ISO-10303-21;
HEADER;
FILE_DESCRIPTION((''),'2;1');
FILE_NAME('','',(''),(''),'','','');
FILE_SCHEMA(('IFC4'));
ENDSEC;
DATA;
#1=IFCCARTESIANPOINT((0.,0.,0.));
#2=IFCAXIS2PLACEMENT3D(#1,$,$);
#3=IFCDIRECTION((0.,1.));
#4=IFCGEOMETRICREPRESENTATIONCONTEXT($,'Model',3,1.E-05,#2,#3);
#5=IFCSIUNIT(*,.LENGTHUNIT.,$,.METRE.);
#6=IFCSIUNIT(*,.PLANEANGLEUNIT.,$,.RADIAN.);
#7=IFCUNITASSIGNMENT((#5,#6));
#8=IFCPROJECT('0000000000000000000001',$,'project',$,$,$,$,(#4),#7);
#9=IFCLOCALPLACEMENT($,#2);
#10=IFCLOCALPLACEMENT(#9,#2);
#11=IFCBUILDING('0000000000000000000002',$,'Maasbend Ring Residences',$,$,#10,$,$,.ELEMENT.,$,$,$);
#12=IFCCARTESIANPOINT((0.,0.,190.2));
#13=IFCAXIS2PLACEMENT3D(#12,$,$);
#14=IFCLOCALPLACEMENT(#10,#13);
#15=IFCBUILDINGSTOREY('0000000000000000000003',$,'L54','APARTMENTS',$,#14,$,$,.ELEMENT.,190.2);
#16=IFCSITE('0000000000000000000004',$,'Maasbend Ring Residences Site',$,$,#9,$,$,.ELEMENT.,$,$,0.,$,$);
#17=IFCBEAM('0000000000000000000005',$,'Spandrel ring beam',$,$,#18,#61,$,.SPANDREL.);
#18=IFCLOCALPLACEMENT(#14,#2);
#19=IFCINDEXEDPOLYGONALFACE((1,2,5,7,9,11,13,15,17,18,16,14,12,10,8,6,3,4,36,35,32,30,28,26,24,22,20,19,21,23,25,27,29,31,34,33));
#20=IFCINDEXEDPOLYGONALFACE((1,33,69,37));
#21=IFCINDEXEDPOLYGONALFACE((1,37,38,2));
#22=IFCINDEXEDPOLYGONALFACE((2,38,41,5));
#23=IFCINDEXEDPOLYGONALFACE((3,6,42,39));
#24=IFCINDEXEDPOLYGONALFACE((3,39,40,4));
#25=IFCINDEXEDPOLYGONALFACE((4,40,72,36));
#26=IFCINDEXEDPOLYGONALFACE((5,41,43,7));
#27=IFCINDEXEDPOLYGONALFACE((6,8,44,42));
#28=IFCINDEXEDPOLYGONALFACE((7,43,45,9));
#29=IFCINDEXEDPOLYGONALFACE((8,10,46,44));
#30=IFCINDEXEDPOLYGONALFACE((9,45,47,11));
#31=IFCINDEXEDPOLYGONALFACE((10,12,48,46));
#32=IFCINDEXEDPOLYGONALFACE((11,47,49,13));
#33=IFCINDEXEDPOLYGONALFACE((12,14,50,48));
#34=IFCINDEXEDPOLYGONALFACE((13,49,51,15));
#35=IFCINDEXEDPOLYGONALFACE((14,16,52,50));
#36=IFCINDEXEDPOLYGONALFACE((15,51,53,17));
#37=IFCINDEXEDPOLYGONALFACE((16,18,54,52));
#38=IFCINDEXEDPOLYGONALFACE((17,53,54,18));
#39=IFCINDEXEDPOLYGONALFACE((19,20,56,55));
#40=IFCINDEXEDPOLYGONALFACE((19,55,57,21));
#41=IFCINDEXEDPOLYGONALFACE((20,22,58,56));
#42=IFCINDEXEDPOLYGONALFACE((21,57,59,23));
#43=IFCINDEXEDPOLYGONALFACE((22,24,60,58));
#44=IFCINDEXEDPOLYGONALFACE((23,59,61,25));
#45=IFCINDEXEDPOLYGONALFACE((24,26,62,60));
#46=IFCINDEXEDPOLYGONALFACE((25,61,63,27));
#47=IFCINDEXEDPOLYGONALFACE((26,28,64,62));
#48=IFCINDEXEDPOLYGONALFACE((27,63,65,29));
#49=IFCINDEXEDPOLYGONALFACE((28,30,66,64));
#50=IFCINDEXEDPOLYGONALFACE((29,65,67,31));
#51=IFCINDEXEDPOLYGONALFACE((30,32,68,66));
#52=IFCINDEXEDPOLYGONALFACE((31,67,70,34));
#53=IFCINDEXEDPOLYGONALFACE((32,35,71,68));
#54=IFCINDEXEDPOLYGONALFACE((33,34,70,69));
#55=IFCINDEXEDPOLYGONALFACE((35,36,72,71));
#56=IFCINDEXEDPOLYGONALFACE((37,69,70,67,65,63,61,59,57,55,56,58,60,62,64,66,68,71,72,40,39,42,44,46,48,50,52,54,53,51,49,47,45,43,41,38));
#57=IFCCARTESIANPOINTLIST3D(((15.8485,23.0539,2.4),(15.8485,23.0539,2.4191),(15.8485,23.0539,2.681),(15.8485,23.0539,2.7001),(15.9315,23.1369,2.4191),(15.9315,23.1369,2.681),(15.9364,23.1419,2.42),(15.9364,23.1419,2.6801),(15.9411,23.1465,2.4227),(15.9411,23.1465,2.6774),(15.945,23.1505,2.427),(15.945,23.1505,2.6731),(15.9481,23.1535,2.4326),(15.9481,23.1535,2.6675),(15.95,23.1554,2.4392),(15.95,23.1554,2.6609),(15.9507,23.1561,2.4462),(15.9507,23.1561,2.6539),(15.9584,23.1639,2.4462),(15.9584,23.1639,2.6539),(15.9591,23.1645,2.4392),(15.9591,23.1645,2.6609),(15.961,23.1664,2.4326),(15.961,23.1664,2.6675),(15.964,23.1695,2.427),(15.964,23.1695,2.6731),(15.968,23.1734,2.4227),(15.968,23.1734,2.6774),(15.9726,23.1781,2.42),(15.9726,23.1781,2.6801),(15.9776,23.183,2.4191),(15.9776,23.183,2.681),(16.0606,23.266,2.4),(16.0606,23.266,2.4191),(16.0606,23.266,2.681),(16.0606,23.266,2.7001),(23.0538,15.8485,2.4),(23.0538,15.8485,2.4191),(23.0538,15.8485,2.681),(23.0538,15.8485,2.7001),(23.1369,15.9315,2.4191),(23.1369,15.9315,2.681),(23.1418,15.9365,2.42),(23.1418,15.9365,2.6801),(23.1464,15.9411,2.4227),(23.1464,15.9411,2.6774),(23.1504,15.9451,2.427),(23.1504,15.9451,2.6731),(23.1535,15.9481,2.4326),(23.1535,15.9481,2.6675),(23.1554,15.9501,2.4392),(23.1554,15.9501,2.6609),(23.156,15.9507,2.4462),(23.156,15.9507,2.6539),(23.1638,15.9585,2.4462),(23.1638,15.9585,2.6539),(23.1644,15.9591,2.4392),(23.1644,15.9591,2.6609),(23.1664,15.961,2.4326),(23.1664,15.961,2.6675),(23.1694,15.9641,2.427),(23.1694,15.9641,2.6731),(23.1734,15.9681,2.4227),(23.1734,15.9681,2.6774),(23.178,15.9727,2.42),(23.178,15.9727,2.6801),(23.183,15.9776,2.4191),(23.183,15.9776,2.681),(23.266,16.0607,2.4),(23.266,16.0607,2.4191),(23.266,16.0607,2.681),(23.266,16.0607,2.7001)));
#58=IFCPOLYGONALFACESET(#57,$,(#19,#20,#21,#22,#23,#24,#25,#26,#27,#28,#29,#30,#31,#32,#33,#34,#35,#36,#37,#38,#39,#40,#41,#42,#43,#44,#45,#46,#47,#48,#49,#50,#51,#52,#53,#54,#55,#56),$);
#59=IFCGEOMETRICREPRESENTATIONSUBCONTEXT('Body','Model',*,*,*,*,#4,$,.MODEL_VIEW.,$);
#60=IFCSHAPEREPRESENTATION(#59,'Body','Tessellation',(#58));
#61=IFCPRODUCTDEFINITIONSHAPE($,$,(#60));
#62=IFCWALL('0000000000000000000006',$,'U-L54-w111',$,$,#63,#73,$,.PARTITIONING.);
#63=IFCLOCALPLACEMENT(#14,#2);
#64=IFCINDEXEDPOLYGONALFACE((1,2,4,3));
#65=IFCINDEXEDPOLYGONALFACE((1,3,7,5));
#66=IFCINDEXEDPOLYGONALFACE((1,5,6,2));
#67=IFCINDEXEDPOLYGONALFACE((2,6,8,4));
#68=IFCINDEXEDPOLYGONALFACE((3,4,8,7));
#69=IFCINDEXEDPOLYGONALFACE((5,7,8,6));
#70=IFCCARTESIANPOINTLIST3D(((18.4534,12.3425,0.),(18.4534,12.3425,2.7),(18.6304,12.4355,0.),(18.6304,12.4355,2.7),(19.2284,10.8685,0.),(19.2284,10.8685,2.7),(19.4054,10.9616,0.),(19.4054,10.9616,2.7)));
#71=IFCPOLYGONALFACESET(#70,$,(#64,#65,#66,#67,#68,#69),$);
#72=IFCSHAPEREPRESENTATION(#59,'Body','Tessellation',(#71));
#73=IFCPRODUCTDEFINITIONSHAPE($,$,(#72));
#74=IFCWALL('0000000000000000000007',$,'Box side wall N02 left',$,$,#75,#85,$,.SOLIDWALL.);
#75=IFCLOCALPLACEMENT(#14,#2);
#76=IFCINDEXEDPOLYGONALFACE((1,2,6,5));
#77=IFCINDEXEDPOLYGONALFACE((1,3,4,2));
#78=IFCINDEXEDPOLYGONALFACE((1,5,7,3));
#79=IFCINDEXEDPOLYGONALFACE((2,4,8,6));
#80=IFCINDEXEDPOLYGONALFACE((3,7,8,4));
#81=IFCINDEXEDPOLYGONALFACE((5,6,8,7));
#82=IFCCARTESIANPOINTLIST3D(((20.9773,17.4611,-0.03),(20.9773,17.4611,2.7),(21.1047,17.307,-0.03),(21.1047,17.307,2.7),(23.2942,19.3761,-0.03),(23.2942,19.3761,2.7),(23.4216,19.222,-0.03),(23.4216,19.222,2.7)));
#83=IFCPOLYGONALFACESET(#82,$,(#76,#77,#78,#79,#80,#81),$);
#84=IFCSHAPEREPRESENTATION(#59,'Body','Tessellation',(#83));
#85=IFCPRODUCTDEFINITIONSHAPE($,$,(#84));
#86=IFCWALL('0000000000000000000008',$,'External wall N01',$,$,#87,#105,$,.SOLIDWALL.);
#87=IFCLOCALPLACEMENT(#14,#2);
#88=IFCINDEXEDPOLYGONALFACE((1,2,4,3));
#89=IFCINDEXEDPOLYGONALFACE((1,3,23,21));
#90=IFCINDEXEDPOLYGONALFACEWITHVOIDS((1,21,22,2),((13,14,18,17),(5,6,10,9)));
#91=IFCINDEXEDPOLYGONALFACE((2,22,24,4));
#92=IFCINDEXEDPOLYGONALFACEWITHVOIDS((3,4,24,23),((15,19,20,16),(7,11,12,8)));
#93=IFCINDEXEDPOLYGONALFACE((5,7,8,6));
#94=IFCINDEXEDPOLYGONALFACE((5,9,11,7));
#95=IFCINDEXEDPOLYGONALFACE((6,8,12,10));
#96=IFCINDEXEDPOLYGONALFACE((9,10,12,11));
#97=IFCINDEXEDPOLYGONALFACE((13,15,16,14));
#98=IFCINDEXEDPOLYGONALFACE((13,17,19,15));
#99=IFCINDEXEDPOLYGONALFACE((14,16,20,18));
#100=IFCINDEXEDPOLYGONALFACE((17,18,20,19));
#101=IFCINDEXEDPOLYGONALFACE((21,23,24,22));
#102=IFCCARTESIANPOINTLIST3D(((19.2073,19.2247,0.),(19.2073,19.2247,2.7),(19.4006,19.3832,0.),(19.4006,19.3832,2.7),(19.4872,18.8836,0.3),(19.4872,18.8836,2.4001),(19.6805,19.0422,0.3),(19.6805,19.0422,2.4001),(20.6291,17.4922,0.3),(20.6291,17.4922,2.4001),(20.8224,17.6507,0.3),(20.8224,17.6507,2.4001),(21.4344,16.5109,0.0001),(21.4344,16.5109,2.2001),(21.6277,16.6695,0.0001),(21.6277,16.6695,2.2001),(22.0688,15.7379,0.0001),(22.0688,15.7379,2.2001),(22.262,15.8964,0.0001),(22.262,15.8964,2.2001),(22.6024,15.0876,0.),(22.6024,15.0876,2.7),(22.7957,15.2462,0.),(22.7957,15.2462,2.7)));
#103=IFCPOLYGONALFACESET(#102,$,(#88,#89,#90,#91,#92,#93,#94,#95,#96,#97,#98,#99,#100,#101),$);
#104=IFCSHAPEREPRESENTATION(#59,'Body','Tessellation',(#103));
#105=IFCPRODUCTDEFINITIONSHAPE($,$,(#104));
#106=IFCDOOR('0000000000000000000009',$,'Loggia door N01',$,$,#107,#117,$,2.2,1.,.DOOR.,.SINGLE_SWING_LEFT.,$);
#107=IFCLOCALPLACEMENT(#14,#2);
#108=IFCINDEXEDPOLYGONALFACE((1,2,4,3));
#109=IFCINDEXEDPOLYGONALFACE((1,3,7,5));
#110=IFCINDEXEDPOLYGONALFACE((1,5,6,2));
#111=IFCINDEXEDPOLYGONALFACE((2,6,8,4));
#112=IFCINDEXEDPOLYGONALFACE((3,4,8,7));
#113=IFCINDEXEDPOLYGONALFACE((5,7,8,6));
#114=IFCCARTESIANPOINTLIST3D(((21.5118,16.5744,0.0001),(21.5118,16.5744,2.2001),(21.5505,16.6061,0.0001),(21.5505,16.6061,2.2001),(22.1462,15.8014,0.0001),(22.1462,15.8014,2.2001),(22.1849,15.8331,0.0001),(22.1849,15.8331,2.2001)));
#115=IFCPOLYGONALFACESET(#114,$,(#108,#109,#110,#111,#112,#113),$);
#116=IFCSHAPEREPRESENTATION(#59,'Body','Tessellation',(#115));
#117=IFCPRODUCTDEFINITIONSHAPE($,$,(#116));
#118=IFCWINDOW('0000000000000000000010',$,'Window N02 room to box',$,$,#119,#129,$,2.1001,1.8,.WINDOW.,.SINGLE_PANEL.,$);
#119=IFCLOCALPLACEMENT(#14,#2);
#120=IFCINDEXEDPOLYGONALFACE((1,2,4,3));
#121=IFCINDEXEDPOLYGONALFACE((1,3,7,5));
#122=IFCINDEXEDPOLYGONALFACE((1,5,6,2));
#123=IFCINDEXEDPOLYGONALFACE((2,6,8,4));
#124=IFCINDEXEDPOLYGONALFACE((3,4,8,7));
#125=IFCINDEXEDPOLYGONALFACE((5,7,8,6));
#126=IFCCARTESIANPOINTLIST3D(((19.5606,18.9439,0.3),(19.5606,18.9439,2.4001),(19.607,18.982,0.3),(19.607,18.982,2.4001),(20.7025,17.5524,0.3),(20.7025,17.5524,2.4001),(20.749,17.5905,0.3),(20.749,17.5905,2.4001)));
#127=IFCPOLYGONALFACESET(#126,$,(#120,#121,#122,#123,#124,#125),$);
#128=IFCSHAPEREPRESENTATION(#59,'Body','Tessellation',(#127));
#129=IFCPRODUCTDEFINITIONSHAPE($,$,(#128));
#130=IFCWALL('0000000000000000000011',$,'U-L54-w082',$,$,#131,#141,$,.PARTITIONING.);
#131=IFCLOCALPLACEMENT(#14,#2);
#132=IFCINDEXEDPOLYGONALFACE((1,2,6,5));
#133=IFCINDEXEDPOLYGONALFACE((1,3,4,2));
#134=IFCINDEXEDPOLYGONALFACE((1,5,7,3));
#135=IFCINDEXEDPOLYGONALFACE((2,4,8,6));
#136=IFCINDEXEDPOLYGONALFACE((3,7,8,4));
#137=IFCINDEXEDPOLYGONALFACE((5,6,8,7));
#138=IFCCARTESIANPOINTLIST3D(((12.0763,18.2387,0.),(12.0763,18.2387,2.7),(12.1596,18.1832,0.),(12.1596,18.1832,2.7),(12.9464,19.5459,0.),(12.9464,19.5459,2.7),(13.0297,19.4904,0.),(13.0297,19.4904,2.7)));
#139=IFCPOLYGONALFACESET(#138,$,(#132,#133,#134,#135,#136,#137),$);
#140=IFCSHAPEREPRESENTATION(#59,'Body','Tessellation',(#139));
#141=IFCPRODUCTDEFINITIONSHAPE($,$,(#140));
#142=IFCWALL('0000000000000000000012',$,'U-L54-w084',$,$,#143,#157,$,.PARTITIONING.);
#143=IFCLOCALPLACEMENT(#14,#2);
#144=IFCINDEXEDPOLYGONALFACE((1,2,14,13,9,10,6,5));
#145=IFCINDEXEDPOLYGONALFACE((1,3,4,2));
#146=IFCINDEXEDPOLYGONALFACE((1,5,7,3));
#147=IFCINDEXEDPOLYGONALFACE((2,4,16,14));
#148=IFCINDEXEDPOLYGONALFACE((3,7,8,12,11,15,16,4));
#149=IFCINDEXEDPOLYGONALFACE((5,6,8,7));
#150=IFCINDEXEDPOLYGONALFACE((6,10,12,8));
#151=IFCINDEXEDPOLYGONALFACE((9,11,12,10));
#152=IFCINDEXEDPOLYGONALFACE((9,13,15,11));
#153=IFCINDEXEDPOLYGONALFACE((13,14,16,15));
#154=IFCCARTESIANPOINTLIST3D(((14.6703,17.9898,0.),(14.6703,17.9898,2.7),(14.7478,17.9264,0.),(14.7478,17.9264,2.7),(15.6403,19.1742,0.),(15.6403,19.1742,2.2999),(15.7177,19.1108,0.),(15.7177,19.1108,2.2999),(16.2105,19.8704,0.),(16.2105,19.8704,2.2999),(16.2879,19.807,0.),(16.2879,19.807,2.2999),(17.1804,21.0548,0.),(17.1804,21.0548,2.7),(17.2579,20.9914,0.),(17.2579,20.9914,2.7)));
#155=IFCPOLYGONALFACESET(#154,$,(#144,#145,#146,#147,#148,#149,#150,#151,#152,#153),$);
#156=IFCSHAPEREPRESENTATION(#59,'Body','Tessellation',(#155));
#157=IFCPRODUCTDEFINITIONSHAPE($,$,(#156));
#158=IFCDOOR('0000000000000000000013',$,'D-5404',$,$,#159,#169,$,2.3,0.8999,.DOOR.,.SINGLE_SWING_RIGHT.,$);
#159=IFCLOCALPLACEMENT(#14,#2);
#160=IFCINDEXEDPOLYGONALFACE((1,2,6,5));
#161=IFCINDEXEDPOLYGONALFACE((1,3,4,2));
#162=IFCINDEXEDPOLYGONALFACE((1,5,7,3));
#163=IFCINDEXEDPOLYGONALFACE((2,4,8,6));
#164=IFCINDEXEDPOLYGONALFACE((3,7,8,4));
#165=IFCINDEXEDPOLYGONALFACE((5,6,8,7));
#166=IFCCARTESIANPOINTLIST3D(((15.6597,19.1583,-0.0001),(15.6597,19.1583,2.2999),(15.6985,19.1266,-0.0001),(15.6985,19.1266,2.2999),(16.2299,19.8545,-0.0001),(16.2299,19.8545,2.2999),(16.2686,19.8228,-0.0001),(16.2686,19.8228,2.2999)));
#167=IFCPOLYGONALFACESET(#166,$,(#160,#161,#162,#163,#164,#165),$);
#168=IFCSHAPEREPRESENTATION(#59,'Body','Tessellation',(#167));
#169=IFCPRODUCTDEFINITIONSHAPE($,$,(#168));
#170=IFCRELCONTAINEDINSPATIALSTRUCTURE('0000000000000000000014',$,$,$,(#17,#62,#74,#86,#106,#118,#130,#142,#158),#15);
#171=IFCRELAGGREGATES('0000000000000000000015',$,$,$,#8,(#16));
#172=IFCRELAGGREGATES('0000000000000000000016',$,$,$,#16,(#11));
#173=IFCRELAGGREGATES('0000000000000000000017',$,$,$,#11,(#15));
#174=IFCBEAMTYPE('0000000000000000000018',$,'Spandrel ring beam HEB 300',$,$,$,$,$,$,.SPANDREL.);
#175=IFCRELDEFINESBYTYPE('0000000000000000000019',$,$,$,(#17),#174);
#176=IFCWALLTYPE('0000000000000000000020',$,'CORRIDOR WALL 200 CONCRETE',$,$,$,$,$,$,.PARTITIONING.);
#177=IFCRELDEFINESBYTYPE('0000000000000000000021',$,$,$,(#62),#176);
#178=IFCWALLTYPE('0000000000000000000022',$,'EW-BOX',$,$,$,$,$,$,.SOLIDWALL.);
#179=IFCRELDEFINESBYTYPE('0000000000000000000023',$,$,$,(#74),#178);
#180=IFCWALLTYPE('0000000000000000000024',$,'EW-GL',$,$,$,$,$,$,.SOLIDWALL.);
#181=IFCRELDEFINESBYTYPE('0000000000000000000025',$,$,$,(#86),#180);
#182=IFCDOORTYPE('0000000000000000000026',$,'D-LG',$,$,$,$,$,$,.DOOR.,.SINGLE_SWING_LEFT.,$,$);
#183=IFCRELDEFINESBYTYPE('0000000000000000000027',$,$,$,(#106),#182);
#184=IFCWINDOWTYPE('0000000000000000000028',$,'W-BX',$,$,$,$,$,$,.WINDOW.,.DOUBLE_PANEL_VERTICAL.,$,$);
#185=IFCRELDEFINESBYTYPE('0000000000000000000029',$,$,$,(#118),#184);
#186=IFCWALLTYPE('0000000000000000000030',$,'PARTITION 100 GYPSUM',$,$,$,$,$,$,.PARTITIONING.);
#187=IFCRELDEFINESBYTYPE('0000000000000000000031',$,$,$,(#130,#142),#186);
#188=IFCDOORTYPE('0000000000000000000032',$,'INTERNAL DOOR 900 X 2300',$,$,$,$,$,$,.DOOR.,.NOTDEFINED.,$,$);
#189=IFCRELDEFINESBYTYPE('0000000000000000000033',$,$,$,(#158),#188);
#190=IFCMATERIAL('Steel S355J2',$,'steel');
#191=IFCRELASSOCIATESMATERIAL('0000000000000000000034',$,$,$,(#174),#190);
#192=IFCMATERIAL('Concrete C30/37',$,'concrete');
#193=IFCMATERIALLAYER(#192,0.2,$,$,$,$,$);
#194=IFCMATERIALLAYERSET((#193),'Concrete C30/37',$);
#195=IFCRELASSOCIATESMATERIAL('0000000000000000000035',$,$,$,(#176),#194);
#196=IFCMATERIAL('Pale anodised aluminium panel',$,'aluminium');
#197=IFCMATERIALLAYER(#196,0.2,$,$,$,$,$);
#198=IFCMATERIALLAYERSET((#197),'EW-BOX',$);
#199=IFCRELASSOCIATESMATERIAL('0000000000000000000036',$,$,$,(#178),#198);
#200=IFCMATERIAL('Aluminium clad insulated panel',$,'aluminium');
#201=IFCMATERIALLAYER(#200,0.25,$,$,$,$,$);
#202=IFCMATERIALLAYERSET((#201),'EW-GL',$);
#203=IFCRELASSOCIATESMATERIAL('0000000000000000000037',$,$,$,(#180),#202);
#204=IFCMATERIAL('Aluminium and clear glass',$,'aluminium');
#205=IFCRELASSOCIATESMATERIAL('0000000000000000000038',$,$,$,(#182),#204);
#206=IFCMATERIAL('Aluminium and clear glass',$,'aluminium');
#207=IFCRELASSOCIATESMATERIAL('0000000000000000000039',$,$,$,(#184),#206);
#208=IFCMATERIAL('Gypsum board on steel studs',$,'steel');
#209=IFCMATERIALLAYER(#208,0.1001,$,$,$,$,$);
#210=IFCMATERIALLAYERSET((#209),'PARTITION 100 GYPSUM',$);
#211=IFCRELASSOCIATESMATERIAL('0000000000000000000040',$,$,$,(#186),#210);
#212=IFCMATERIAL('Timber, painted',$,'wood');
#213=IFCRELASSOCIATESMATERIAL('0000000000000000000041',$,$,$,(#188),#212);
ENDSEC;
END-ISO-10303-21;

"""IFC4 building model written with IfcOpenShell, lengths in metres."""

from ifc_helpers import new_model, si_unit, direction, frame, frame_2d, origin, origin_2d, place, context, subcontext, project, spatial, rectangle, i_section, extrude, material, layer, layer_set, material_profile, profile_set, type_object, element, fill, save


model = new_model("IFC4")

# Units and contexts
model_context = context("Model", 3, precision=1e-05, world=origin(), true_north=direction((0.0, 1.0)))
body_context = subcontext(model_context, "Body", "Model", "MODEL_VIEW")
ifc_project = project(units=[si_unit("LENGTHUNIT", "METRE"), si_unit("PLANEANGLEUNIT", "RADIAN")], contexts=[model_context])

# Site, building, storey
site_placement = place(None, origin())
site = spatial("IfcSite", under=ifc_project, at=site_placement, Name="Maasbend Ring Residences Site", CompositionType="ELEMENT", RefElevation=0.0)
building_placement = place(site_placement, origin())
building = spatial("IfcBuilding", under=site, at=building_placement, Name="Maasbend Ring Residences", CompositionType="ELEMENT")
storey_placement = place(building_placement, frame((0.0, 0.0, 190.2)))
storey = spatial("IfcBuildingStorey", under=building, at=storey_placement, Name="L54", Description="APARTMENTS", CompositionType="ELEMENT", Elevation=190.2)

# Beam
ifc_material_1 = material(Name="Steel S355J2", Category="steel")
ifc_material_profile_1 = material_profile(ifc_material_1, i_section(OverallWidth=0.3, OverallDepth=0.3, WebThickness=0.011, FlangeThickness=0.019, FilletRadius=0.0271, at=origin_2d()), Name="HEB 300")
ifc_profile_set_1 = profile_set([ifc_material_profile_1], Name="Steel S355J2")
beam_type_1 = type_object("IfcBeamType", Name="Spandrel ring beam HEB 300", PredefinedType="SPANDREL", material=ifc_profile_set_1)
beam_1_placement = place(storey_placement, frame((23.1599, 15.9546, 2.55), z_axis=(-0.707107, 0.707107, 0.0), x_axis=(-0.707107, -0.707107, 0.0)))
element("IfcBeam", 1, at=beam_1_placement, inside=storey, type_object=beam_type_1, Name="Spandrel ring beam", PredefinedType="SPANDREL", context=body_context, shape_type="SweptSolid", body=[
    extrude(i_section(OverallWidth=0.3, OverallDepth=0.3, WebThickness=0.011, FlangeThickness=0.019, FilletRadius=0.0271, at=origin_2d()), origin(), (0.0, 0.0, 1.0), 10.1899),
])

# Walls
ifc_material_2 = material(Name="Concrete C30/37", Category="concrete")
ifc_layer_1 = layer(ifc_material_2, 0.2)
ifc_layer_set_1 = layer_set([ifc_layer_1], Name="Concrete C30/37")
wall_type_1 = type_object("IfcWallType", Name="CORRIDOR WALL 200 CONCRETE", PredefinedType="PARTITIONING", material=ifc_layer_set_1)
wall_1_placement = place(storey_placement, frame((18.542, 12.3889, 0.0), z_axis=(0.0, 0.0, 1.0), x_axis=(0.46536, -0.885122, 0.0)))
element("IfcWall", 2, at=wall_1_placement, inside=storey, type_object=wall_type_1, Name="U-L54-w111", PredefinedType="PARTITIONING", context=body_context, shape_type="SweptSolid", body=[
    extrude(rectangle(XDim=1.6653, YDim=0.2, at=frame_2d((0.8325, 0.0))), origin(), (0.0, 0.0, 1.0), 2.7),
])
ifc_material_3 = material(Name="Pale anodised aluminium panel", Category="aluminium")
ifc_layer_2 = layer(ifc_material_3, 0.2)
ifc_layer_set_2 = layer_set([ifc_layer_2], Name="EW-BOX")
wall_type_2 = type_object("IfcWallType", Name="EW-BOX", PredefinedType="SOLIDWALL", material=ifc_layer_set_2)
wall_2_placement = place(storey_placement, frame((21.041, 17.384, -0.03), z_axis=(0.0, 0.0, 1.0), x_axis=(0.770785, 0.637096, 0.0)))
element("IfcWall", 3, at=wall_2_placement, inside=storey, type_object=wall_type_2, Name="Box side wall N02 left", PredefinedType="SOLIDWALL", context=body_context, shape_type="SweptSolid", body=[
    extrude(rectangle(XDim=3.0059, YDim=0.2, at=frame_2d((1.5029, 0.0))), origin(), (0.0, 0.0, 1.0), 2.73),
])

# Wall, openings, door, window
ifc_material_4 = material(Name="Aluminium clad insulated panel", Category="aluminium")
ifc_layer_3 = layer(ifc_material_4, 0.25)
ifc_layer_set_3 = layer_set([ifc_layer_3], Name="EW-GL")
wall_type_3 = type_object("IfcWallType", Name="EW-GL", PredefinedType="SOLIDWALL", material=ifc_layer_set_3)
wall_3_placement = place(storey_placement, frame((22.699, 15.167, 0.0), z_axis=(0.0, 0.0, 1.0), x_axis=(-0.634382, 0.773019, 0.0)))
wall_3 = element("IfcWall", 4, at=wall_3_placement, inside=storey, type_object=wall_type_3, Name="External wall N01", PredefinedType="SOLIDWALL", context=body_context, shape_type="SweptSolid", body=[
    extrude(rectangle(XDim=5.3518, YDim=0.25, at=frame_2d((2.6758, 0.0))), origin(), (0.0, 0.0, 1.0), 2.7),
])
opening_1_placement = place(wall_3_placement, frame((0.8411, 0.0, 0.0)))
opening_1 = element("IfcOpeningElement", 5, at=opening_1_placement, cuts=wall_3, PredefinedType="OPENING", context=body_context, shape_type="SweptSolid", body=[
    extrude(rectangle(XDim=1.0, YDim=2.2, at=frame_2d((0.5, 1.1001))), frame((0.0, 0.135, 0.0), z_axis=(0.0, -1.0, 0.0), x_axis=(1.0, 0.0, 0.0)), (0.0, 0.0, 1.0), 0.27),
])
opening_2_placement = place(wall_3_placement, frame((3.1106, 0.0, 0.3)))
opening_2 = element("IfcOpeningElement", 6, at=opening_2_placement, cuts=wall_3, PredefinedType="OPENING", context=body_context, shape_type="SweptSolid", body=[
    extrude(rectangle(XDim=1.8, YDim=2.1001, at=frame_2d((0.8999, 1.05))), frame((0.0, 0.135, 0.0), z_axis=(0.0, -1.0, 0.0), x_axis=(1.0, 0.0, 0.0)), (0.0, 0.0, 1.0), 0.27),
])
ifc_material_5 = material(Name="Aluminium and clear glass", Category="aluminium")
door_type_1 = type_object("IfcDoorType", Name="D-LG", OperationType="SINGLE_SWING_LEFT", PredefinedType="DOOR", material=ifc_material_5)
door_1_placement = place(opening_1_placement, origin())
door_1 = element("IfcDoor", 7, at=door_1_placement, inside=storey, type_object=door_type_1, Name="Loggia door N01", OperationType="SINGLE_SWING_LEFT", OverallHeight=2.2, OverallWidth=1.0, PredefinedType="DOOR", context=body_context, shape_type="SweptSolid", body=[
    extrude(rectangle(XDim=1.0, YDim=2.2, at=frame_2d((0.5, 1.1001))), frame((0.0, 0.0249, 0.0), z_axis=(0.0, -1.0, 0.0), x_axis=(1.0, 0.0, 0.0)), (0.0, 0.0, 1.0), 0.05),
])
fill(opening_1, door_1)
ifc_material_6 = material(Name="Aluminium and clear glass", Category="aluminium")
window_type = type_object("IfcWindowType", Name="W-BX", PartitioningType="DOUBLE_PANEL_VERTICAL", PredefinedType="WINDOW", material=ifc_material_6)
window_placement = place(opening_2_placement, origin())
window = element("IfcWindow", 8, at=window_placement, inside=storey, type_object=window_type, Name="Window N02 room to box", OverallHeight=2.1001, OverallWidth=1.8, PartitioningType="SINGLE_PANEL", PredefinedType="WINDOW", context=body_context, shape_type="SweptSolid", body=[
    extrude(rectangle(XDim=1.8, YDim=2.1001, at=frame_2d((0.8999, 1.05))), frame((0.0, 0.03, 0.0), z_axis=(0.0, -1.0, 0.0), x_axis=(1.0, 0.0, 0.0)), (0.0, 0.0, 1.0), 0.0601),
])
fill(opening_2, window)

# Wall
ifc_material_7 = material(Name="Gypsum board on steel studs", Category="steel")
ifc_layer_4 = layer(ifc_material_7, 0.1001)
ifc_layer_set_4 = layer_set([ifc_layer_4], Name="PARTITION 100 GYPSUM")
wall_type_4 = type_object("IfcWallType", Name="PARTITION 100 GYPSUM", PredefinedType="PARTITIONING", material=ifc_layer_set_4)
wall_4_placement = place(storey_placement, frame((12.1179, 18.2109, 0.0), z_axis=(0.0, 0.0, 1.0), x_axis=(0.554126, 0.832433, 0.0)))
element("IfcWall", 9, at=wall_4_placement, inside=storey, type_object=wall_type_4, Name="U-L54-w082", PredefinedType="PARTITIONING", context=body_context, shape_type="SweptSolid", body=[
    extrude(rectangle(XDim=1.5703, YDim=0.1001, at=frame_2d((0.7852, 0.0))), origin(), (0.0, 0.0, 1.0), 2.7),
])

# Wall, opening, door
wall_5_placement = place(storey_placement, frame((14.709, 17.958, 0.0), z_axis=(0.0, 0.0, 1.0), x_axis=(0.63359, 0.773669, 0.0)))
wall_5 = element("IfcWall", 10, at=wall_5_placement, inside=storey, type_object=wall_type_4, Name="U-L54-w084", PredefinedType="PARTITIONING", context=body_context, shape_type="SweptSolid", body=[
    extrude(rectangle(XDim=3.9617, YDim=0.1001, at=frame_2d((1.981, 0.0))), origin(), (0.0, 0.0, 1.0), 2.7),
])
opening_3_placement = place(wall_5_placement, frame((1.531, 0.0, 0.0)))
opening_3 = element("IfcOpeningElement", 11, at=opening_3_placement, cuts=wall_5, PredefinedType="OPENING", context=body_context, shape_type="SweptSolid", body=[
    extrude(rectangle(XDim=0.8999, YDim=2.3, at=frame_2d((0.45, 1.1499))), frame((0.0, 0.0601, 0.0), z_axis=(0.0, -1.0, 0.0), x_axis=(1.0, 0.0, 0.0)), (0.0, 0.0, 1.0), 0.1201),
])
ifc_material_8 = material(Name="Timber, painted", Category="wood")
door_type_2 = type_object("IfcDoorType", Name="INTERNAL DOOR 900 X 2300", OperationType="NOTDEFINED", PredefinedType="DOOR", material=ifc_material_8)
door_2_placement = place(opening_3_placement, origin())
door_2 = element("IfcDoor", 12, at=door_2_placement, inside=storey, type_object=door_type_2, Name="D-5404", OperationType="SINGLE_SWING_RIGHT", OverallHeight=2.3, OverallWidth=0.8999, PredefinedType="DOOR", context=body_context, shape_type="SweptSolid", body=[
    extrude(rectangle(XDim=0.8999, YDim=2.3, at=frame_2d((0.45, 1.1499))), frame((0.0, 0.0249, 0.0), z_axis=(0.0, -1.0, 0.0), x_axis=(1.0, 0.0, 0.0)), (0.0, 0.0, 1.0), 0.05),
])
fill(opening_3, door_2)

save(model, "model.ifc")
